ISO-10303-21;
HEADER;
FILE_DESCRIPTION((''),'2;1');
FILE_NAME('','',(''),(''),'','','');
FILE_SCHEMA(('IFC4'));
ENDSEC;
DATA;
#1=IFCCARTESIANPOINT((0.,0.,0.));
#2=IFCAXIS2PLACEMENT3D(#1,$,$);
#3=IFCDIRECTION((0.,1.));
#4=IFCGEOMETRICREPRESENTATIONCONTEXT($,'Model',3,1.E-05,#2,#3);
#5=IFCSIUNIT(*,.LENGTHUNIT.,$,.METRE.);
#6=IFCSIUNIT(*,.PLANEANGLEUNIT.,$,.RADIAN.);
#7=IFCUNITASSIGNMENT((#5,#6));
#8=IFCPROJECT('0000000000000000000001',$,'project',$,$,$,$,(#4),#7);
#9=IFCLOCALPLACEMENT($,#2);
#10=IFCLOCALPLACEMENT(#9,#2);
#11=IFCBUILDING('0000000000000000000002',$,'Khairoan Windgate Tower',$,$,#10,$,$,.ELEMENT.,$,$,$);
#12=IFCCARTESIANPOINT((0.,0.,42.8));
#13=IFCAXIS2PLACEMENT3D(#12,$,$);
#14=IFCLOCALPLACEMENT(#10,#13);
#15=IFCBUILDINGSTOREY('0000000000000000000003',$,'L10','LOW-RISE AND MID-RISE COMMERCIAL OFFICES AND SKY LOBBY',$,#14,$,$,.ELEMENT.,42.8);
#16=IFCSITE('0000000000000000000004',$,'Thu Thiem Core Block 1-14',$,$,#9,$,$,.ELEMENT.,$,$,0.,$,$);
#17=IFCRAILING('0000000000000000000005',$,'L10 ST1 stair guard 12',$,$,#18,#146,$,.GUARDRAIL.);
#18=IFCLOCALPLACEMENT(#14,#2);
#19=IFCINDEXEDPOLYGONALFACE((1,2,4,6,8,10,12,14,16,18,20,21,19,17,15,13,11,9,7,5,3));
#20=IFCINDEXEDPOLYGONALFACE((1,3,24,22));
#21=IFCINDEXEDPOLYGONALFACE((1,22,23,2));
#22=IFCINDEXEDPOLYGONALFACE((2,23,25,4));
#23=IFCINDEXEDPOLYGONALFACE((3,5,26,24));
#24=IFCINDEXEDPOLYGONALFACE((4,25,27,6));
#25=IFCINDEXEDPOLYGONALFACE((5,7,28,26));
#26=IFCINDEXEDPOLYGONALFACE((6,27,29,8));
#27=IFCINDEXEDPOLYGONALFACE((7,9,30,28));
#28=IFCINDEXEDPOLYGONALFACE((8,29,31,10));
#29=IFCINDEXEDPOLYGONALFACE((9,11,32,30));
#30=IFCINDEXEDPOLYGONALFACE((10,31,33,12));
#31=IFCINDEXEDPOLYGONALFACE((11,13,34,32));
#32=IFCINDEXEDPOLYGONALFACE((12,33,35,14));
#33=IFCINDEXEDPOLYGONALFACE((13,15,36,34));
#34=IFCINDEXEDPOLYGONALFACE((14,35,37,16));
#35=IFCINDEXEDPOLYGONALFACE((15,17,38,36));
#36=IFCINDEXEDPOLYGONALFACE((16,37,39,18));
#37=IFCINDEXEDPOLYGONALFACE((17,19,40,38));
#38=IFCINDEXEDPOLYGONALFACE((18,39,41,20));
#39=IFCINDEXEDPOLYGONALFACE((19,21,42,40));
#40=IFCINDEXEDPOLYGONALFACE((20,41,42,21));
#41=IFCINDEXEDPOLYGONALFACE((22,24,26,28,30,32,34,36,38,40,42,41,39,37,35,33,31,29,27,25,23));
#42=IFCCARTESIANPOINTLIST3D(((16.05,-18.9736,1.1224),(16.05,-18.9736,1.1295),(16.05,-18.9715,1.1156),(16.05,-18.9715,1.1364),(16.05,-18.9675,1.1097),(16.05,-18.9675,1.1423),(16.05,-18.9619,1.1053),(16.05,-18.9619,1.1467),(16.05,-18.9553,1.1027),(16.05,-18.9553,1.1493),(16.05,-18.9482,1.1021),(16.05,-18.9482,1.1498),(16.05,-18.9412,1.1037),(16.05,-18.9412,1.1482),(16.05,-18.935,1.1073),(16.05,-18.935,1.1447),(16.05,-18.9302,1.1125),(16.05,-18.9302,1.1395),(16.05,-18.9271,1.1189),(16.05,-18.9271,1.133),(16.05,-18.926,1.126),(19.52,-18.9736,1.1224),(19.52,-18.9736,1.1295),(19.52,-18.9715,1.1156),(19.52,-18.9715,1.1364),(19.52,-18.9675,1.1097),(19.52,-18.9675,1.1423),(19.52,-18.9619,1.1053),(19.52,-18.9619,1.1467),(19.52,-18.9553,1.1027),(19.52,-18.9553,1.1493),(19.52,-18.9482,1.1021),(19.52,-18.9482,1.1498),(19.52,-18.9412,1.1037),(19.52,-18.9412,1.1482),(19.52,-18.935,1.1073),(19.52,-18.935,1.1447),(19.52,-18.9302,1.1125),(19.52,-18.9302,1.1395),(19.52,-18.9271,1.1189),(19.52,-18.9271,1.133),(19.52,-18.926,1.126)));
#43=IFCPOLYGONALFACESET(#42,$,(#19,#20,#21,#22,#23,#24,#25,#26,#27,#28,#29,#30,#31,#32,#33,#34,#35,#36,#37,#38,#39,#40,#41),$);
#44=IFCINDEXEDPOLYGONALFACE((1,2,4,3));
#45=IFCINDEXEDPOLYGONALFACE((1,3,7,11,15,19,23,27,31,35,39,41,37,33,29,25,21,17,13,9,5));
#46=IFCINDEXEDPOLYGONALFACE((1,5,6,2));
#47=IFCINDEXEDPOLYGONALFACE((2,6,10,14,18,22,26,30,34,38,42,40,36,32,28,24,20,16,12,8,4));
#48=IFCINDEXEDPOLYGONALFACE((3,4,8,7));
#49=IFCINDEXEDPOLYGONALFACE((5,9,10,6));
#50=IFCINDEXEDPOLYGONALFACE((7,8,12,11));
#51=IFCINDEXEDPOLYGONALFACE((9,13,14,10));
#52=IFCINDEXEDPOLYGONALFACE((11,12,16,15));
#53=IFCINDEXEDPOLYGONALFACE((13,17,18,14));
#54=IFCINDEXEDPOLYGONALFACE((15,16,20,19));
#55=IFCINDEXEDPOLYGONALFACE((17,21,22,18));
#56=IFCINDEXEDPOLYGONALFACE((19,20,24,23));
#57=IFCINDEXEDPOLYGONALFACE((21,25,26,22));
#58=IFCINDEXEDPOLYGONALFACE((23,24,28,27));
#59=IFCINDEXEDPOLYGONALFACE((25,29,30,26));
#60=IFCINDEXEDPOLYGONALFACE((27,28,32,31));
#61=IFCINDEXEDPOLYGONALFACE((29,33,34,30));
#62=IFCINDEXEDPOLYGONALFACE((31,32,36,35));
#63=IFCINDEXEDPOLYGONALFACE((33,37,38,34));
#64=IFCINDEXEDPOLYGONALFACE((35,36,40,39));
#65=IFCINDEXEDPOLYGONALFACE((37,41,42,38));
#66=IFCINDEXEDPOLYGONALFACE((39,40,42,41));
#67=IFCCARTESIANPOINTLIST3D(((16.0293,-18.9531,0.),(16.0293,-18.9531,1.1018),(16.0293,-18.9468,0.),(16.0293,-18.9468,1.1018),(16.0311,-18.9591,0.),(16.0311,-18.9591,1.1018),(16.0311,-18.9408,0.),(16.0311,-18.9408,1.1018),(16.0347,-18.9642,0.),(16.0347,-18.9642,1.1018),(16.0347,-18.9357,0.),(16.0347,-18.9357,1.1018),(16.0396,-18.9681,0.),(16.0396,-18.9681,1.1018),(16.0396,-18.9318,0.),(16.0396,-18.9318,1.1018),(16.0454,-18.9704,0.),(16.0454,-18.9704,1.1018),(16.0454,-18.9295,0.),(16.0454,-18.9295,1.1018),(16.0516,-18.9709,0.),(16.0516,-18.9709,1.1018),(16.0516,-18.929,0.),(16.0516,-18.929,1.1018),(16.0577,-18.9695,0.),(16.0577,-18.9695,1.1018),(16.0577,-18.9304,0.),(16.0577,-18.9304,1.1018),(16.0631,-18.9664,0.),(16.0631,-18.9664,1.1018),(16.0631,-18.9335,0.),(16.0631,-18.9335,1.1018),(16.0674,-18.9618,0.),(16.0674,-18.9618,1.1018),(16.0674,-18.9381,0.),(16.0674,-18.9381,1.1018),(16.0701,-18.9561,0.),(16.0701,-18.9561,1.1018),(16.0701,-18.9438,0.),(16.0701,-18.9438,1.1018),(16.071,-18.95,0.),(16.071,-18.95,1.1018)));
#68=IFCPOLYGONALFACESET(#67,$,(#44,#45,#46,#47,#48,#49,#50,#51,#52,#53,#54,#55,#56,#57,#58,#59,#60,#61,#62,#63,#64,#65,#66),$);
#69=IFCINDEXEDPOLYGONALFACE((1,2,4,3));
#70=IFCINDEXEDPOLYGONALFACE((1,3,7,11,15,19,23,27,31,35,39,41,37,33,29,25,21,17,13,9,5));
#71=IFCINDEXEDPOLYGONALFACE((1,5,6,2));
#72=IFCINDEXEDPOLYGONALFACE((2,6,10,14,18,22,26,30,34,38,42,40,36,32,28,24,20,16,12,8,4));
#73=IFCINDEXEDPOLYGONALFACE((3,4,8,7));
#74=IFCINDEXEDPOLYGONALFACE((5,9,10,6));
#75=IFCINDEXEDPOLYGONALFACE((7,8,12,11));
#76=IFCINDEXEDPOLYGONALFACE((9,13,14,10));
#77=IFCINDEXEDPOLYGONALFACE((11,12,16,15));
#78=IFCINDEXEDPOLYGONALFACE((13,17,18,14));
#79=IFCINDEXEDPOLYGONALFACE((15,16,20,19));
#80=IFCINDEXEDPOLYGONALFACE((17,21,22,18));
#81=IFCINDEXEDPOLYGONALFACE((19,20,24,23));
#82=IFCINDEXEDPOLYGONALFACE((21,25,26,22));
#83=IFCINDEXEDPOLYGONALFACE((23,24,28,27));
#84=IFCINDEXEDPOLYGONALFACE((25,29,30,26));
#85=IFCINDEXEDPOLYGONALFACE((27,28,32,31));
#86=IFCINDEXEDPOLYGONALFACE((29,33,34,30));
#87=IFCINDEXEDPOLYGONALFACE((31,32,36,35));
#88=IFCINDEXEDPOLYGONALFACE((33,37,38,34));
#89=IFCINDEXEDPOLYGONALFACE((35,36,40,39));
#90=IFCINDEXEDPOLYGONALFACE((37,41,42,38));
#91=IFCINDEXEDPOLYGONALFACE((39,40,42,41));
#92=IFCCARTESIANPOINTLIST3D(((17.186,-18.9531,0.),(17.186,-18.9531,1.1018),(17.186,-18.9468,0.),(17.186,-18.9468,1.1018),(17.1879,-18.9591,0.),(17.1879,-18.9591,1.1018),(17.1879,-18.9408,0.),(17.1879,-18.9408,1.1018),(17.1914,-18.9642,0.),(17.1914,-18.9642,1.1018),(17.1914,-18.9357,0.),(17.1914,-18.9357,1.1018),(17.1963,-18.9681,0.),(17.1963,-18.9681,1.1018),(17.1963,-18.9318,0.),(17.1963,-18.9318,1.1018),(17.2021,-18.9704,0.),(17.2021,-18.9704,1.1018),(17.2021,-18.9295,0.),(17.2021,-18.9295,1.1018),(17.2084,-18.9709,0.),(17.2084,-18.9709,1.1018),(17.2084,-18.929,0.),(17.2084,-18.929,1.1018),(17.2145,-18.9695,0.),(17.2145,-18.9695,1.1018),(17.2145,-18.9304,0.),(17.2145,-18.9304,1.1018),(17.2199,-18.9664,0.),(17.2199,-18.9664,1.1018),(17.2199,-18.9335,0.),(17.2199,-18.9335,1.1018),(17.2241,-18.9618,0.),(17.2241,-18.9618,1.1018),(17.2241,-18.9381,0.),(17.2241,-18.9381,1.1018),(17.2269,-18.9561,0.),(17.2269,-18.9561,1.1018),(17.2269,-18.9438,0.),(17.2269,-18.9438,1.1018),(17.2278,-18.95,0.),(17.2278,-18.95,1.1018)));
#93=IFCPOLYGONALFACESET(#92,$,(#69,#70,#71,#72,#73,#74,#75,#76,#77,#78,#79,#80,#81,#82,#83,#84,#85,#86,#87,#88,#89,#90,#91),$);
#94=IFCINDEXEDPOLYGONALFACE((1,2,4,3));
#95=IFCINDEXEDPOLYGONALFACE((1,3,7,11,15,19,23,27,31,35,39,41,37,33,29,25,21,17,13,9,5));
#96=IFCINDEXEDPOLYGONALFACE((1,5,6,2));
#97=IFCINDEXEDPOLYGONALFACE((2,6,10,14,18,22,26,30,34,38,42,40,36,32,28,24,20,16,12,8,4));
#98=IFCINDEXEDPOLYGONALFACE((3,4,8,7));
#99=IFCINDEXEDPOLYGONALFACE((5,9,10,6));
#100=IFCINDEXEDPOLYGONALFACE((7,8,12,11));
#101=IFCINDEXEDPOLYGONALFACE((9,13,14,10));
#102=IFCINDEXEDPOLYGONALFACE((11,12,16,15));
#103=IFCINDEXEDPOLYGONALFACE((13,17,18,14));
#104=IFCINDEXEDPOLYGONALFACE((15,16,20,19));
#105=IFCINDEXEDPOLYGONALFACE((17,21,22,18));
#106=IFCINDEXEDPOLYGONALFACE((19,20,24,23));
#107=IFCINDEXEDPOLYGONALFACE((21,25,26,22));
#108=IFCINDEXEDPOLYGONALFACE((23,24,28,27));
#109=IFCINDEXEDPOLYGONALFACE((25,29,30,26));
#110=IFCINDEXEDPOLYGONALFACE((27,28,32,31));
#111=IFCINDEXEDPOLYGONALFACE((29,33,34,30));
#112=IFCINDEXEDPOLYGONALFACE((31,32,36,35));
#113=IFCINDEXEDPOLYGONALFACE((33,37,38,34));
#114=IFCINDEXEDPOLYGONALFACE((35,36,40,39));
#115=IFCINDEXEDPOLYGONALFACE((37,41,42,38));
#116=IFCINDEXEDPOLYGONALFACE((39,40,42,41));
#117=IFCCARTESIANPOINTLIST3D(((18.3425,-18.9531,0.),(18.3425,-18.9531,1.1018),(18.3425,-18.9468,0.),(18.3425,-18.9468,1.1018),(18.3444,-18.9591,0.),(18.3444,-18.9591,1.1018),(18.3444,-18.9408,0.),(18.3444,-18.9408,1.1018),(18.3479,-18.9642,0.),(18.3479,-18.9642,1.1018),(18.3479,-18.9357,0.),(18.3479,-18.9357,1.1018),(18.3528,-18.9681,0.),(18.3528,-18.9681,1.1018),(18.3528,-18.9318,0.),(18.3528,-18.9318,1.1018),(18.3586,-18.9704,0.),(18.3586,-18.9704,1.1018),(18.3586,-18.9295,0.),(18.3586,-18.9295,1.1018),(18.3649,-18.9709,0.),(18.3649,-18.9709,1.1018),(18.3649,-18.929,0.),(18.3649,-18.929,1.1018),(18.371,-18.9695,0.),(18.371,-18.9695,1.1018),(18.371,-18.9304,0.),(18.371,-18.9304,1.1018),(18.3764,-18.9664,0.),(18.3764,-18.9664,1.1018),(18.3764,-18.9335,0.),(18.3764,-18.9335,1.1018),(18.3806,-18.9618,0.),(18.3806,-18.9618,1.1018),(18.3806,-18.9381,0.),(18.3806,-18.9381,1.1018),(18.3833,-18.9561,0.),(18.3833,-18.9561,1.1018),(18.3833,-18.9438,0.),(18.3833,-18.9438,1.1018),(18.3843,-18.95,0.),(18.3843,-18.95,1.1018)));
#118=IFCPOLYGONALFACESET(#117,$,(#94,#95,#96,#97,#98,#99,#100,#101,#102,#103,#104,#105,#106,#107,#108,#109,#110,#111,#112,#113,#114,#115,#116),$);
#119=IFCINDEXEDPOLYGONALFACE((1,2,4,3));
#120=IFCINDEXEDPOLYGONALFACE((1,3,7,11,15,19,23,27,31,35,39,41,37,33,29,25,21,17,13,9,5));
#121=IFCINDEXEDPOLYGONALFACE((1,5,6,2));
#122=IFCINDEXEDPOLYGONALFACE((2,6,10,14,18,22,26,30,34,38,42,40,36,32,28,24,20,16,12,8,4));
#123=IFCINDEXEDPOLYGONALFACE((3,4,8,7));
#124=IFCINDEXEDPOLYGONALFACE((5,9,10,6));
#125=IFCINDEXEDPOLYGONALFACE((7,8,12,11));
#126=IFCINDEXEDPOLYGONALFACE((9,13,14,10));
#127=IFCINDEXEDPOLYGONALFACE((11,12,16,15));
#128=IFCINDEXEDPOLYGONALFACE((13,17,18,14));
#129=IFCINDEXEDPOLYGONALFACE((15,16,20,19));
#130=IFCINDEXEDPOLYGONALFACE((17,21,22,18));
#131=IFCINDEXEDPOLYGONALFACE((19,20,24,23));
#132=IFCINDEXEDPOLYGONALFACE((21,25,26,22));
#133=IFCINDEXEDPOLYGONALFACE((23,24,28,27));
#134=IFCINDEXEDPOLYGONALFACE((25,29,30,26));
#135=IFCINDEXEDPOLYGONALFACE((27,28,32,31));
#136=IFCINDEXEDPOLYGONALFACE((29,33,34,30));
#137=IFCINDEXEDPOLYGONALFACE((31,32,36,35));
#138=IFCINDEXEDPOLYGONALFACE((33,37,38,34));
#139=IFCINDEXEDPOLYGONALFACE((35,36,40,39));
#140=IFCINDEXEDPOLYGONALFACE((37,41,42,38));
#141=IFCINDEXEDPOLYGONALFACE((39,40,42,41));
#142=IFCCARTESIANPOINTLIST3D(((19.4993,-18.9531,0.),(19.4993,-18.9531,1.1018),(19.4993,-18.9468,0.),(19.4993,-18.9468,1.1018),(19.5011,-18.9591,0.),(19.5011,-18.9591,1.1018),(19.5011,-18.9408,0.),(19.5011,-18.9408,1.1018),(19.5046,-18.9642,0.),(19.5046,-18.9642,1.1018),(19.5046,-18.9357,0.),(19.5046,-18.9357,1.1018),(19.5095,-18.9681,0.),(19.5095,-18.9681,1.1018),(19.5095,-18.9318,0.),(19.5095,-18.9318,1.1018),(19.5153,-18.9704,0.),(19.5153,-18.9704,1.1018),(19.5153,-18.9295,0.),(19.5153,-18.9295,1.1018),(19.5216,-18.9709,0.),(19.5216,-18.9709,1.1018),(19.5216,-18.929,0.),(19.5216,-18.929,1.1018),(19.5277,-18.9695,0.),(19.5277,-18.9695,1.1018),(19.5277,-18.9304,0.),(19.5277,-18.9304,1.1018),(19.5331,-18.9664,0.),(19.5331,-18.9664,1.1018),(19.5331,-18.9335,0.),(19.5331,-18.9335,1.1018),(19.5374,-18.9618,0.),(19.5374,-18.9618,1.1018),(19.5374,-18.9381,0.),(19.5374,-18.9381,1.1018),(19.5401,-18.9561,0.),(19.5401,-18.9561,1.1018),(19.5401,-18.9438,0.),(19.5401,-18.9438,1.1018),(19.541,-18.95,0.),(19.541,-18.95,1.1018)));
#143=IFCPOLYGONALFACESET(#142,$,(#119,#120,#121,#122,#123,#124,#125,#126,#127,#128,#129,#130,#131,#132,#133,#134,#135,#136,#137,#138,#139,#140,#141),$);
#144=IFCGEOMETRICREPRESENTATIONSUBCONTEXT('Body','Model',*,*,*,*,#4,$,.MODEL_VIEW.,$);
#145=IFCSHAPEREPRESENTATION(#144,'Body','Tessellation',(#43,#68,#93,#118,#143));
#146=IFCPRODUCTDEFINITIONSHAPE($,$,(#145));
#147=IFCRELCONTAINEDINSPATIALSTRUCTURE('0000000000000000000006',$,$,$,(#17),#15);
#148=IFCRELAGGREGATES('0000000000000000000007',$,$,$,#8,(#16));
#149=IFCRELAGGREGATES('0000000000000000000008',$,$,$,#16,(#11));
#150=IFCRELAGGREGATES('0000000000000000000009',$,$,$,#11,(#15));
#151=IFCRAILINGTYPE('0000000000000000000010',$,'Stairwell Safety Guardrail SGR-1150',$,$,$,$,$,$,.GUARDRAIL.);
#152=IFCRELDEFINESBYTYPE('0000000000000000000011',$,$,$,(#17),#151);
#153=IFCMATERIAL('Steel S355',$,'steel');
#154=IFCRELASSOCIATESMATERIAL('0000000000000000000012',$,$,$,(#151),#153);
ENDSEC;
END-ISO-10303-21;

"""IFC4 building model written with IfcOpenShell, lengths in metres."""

from ifc_helpers import new_model, si_unit, direction, frame, origin, origin_2d, place, context, subcontext, project, spatial, circle, extrude, material, type_object, element, save


model = new_model("IFC4")

# Units and contexts
model_context = context("Model", 3, precision=1e-05, world=origin(), true_north=direction((0.0, 1.0)))
body_context = subcontext(model_context, "Body", "Model", "MODEL_VIEW")
ifc_project = project(units=[si_unit("LENGTHUNIT", "METRE"), si_unit("PLANEANGLEUNIT", "RADIAN")], contexts=[model_context])

# Site, building, storey
site_placement = place(None, origin())
site = spatial("IfcSite", under=ifc_project, at=site_placement, Name="Thu Thiem Core Block 1-14", CompositionType="ELEMENT", RefElevation=0.0)
building_placement = place(site_placement, origin())
building = spatial("IfcBuilding", under=site, at=building_placement, Name="Khairoan Windgate Tower", CompositionType="ELEMENT")
storey_placement = place(building_placement, frame((0.0, 0.0, 42.8)))
storey = spatial("IfcBuildingStorey", under=building, at=storey_placement, Name="L10", Description="LOW-RISE AND MID-RISE COMMERCIAL OFFICES AND SKY LOBBY", CompositionType="ELEMENT", Elevation=42.8)

# Railing
ifc_material_1 = material(Name="Steel S355", Category="steel")
railing_type_1 = type_object("IfcRailingType", Name="Stairwell Safety Guardrail SGR-1150", PredefinedType="GUARDRAIL", material=ifc_material_1)
railing_1_placement = place(storey_placement, frame((16.05, -18.95, 0.0)))
element("IfcRailing", 1, at=railing_1_placement, inside=storey, type_object=railing_type_1, Name="L10 ST1 stair guard 12", PredefinedType="GUARDRAIL", context=body_context, shape_type="SweptSolid", body=[
    extrude(circle(Radius=0.0239, at=origin_2d()), frame((0.0, 0.0, 1.126), z_axis=(1.0, 0.0, 0.0), x_axis=(0.0, 1.0, 0.0)), (0.0, 0.0, 1.0), 3.47),
    extrude(circle(Radius=0.021, at=origin_2d()), origin(), (0.0, 0.0, 1.0), 1.1018),
    extrude(circle(Radius=0.021, at=origin_2d()), frame((1.1567, 0.0, 0.0)), (0.0, 0.0, 1.0), 1.1018),
    extrude(circle(Radius=0.021, at=origin_2d()), frame((2.3132, 0.0, 0.0)), (0.0, 0.0, 1.0), 1.1018),
    extrude(circle(Radius=0.021, at=origin_2d()), frame((3.47, 0.0, 0.0)), (0.0, 0.0, 1.0), 1.1018),
])

save(model, "model.ifc")
